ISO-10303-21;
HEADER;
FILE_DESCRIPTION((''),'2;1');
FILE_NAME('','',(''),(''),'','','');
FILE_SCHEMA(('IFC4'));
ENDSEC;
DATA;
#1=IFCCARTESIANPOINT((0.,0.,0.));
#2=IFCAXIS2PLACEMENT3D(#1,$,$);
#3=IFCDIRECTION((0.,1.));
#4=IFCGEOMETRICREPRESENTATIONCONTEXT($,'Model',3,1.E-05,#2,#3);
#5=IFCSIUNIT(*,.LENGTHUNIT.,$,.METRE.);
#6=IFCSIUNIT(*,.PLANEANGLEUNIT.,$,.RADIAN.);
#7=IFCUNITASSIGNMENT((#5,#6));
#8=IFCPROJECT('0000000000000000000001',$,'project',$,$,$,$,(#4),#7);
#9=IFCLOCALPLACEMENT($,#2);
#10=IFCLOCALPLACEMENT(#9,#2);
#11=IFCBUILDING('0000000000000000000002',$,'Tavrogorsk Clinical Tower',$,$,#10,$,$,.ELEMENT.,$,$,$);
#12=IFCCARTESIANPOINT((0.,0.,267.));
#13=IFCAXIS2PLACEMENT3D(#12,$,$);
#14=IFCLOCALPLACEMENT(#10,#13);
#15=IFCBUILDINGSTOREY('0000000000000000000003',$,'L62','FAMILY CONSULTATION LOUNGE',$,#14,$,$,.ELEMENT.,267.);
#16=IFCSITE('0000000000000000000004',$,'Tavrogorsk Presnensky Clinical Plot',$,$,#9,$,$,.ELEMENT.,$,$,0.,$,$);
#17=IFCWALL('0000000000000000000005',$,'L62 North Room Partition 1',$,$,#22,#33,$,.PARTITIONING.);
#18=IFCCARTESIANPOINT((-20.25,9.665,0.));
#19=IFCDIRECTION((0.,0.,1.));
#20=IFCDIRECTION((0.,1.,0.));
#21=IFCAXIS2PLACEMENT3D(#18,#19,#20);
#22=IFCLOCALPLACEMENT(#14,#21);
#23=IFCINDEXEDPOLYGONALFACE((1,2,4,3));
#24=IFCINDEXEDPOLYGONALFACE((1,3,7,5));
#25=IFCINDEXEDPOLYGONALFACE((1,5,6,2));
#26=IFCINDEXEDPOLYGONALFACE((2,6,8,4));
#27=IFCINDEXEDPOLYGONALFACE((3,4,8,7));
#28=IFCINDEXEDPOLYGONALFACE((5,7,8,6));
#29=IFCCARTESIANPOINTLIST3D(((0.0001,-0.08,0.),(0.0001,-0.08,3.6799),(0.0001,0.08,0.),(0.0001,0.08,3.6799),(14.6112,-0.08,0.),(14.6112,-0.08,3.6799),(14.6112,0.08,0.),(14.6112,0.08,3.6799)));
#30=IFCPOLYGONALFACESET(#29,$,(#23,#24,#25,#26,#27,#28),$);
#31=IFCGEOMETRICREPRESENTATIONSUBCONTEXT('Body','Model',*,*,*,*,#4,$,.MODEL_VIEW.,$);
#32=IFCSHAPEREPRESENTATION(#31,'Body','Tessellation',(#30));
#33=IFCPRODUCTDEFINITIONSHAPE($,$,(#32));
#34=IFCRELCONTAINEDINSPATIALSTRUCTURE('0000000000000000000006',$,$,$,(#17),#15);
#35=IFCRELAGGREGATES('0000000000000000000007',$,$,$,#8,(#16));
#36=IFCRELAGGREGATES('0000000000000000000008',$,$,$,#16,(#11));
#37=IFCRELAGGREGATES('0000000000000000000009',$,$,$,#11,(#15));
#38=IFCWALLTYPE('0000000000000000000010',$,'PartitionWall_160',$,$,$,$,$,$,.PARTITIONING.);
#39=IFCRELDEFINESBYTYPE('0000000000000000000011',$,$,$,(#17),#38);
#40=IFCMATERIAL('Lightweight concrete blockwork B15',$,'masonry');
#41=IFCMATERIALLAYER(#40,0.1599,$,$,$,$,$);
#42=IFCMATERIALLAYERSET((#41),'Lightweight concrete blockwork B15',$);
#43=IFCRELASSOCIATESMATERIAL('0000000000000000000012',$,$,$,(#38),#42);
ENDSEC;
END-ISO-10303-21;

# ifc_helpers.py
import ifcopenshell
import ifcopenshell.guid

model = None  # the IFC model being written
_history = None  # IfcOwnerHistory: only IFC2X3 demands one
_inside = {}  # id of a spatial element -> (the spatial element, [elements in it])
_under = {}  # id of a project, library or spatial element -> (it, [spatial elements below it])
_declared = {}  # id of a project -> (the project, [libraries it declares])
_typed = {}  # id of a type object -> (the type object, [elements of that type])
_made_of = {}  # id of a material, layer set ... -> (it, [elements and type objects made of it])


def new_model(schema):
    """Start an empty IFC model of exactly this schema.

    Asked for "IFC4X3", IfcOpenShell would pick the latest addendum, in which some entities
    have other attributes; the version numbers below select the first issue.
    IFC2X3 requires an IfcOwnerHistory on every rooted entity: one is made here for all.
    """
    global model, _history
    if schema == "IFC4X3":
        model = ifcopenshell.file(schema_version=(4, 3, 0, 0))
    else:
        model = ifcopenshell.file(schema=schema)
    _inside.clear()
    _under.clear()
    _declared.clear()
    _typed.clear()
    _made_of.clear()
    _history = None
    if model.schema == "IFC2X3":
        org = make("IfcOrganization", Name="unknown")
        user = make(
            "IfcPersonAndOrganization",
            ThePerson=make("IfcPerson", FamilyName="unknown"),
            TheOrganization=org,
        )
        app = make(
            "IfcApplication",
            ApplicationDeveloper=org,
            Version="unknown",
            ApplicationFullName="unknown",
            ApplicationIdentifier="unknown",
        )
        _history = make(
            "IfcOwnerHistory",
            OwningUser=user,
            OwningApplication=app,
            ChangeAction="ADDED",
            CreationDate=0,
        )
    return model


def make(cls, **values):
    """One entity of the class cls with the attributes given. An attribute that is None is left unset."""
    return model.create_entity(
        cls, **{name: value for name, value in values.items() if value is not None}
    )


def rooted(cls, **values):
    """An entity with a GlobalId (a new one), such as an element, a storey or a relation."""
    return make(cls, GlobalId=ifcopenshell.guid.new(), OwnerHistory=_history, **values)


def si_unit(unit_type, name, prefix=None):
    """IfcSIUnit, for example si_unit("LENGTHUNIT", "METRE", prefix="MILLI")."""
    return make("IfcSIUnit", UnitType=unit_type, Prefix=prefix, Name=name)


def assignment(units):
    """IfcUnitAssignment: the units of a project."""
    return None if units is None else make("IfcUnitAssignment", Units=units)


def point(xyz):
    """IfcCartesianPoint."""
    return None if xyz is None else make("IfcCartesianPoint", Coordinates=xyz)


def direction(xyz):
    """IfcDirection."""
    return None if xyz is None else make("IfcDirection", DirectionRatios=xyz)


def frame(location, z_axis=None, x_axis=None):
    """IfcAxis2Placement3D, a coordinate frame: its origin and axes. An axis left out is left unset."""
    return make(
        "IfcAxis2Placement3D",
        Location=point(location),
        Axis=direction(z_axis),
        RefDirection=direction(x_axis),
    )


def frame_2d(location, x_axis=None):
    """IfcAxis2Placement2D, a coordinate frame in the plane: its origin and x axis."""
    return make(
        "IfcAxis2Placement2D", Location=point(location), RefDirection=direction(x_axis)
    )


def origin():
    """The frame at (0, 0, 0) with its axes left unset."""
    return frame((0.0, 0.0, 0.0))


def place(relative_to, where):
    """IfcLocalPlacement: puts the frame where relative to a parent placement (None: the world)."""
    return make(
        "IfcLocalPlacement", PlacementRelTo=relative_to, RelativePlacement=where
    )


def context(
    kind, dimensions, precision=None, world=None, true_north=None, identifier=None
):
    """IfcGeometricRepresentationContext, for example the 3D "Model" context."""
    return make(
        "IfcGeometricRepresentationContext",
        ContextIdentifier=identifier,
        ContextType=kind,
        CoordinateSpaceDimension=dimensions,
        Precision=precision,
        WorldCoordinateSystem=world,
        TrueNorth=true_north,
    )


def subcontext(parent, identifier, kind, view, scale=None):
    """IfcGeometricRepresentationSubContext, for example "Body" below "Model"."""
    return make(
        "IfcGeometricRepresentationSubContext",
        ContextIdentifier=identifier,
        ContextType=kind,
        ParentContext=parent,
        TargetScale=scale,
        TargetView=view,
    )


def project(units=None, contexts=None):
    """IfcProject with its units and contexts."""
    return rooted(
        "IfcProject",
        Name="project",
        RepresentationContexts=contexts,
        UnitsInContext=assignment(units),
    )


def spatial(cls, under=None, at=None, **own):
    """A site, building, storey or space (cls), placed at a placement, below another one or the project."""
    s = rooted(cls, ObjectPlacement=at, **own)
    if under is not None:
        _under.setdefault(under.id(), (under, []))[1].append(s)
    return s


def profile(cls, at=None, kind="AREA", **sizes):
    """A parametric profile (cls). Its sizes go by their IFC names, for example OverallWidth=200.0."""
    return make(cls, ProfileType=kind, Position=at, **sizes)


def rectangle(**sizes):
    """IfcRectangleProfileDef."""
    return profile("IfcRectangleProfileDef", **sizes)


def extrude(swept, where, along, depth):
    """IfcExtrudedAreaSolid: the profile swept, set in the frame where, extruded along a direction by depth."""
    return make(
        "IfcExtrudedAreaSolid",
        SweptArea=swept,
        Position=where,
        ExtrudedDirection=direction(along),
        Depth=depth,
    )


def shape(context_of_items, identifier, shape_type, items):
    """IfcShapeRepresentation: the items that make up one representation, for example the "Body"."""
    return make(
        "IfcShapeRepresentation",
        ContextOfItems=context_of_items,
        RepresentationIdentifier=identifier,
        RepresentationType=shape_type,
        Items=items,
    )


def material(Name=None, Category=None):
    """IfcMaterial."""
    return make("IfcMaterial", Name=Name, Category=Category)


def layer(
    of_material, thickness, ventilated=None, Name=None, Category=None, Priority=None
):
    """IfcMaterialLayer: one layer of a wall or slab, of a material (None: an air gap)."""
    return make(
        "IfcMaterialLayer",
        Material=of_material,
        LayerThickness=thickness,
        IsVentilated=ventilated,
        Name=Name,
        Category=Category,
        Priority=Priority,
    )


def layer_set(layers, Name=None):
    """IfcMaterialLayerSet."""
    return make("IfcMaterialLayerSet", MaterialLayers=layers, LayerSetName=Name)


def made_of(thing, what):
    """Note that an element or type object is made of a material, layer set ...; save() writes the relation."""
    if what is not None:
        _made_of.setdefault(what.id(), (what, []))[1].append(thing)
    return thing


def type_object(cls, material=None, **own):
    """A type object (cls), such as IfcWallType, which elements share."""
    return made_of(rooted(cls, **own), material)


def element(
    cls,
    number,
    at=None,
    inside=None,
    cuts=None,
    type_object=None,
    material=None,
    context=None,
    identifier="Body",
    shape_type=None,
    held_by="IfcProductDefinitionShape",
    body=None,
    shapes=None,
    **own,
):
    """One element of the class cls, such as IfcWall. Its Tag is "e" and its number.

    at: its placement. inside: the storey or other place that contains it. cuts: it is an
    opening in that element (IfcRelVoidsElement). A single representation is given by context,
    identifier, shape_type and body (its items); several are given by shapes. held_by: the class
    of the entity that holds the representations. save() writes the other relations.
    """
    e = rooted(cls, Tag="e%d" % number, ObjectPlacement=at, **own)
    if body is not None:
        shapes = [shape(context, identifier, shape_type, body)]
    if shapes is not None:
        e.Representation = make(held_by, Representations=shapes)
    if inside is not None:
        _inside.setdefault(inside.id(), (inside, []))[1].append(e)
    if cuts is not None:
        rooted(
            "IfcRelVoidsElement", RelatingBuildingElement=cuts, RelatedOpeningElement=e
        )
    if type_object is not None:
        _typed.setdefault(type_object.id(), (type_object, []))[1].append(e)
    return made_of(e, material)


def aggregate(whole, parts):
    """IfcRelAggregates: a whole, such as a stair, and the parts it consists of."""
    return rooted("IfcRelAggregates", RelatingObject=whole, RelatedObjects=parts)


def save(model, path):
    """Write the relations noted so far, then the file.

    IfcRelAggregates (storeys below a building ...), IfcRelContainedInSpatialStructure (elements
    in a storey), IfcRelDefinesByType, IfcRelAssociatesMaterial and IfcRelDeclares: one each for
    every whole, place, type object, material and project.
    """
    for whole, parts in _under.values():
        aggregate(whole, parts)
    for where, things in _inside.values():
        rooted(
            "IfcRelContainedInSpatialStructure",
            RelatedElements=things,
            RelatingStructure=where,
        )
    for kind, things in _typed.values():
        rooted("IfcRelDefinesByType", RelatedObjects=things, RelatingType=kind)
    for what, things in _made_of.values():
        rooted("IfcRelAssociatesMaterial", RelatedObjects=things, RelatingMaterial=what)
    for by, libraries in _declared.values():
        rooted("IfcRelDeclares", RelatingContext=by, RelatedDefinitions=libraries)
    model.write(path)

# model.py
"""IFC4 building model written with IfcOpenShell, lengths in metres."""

from ifc_helpers import new_model, si_unit, direction, frame, frame_2d, origin, place, context, subcontext, project, spatial, rectangle, extrude, material, layer, layer_set, type_object, element, save


model = new_model("IFC4")

# Units and contexts
model_context = context("Model", 3, precision=1e-05, world=origin(), true_north=direction((0.0, 1.0)))
body_context = subcontext(model_context, "Body", "Model", "MODEL_VIEW")
ifc_project = project(units=[si_unit("LENGTHUNIT", "METRE"), si_unit("PLANEANGLEUNIT", "RADIAN")], contexts=[model_context])

# Site, building, storey
site_placement = place(None, origin())
site = spatial("IfcSite", under=ifc_project, at=site_placement, Name="Tavrogorsk Presnensky Clinical Plot", CompositionType="ELEMENT", RefElevation=0.0)
building_placement = place(site_placement, origin())
building = spatial("IfcBuilding", under=site, at=building_placement, Name="Tavrogorsk Clinical Tower", CompositionType="ELEMENT")
storey_placement = place(building_placement, frame((0.0, 0.0, 267.0)))
storey = spatial("IfcBuildingStorey", under=building, at=storey_placement, Name="L62", Description="FAMILY CONSULTATION LOUNGE", CompositionType="ELEMENT", Elevation=267.0)

# Shared definitions
ifc_material_1 = material(Name="Lightweight concrete blockwork B15", Category="masonry")
ifc_layer = layer(ifc_material_1, 0.1599)
ifc_layer_set = layer_set([ifc_layer], Name="Lightweight concrete blockwork B15")
wall_type = type_object("IfcWallType", Name="PartitionWall_160", PredefinedType="PARTITIONING", material=ifc_layer_set)

# Wall
wall_1_placement = place(storey_placement, frame((-20.25, 9.665, 0.0), z_axis=(0.0, 0.0, 1.0), x_axis=(0.0, 1.0, 0.0)))
element("IfcWall", 1, at=wall_1_placement, inside=storey, type_object=wall_type, Name="L62 North Room Partition 1", PredefinedType="PARTITIONING", context=body_context, shape_type="SweptSolid", body=[
    extrude(rectangle(XDim=14.6111, YDim=0.1599, at=frame_2d((7.3057, 0.0))), origin(), (0.0, 0.0, 1.0), 3.6799),
])

save(model, "model.ifc")
